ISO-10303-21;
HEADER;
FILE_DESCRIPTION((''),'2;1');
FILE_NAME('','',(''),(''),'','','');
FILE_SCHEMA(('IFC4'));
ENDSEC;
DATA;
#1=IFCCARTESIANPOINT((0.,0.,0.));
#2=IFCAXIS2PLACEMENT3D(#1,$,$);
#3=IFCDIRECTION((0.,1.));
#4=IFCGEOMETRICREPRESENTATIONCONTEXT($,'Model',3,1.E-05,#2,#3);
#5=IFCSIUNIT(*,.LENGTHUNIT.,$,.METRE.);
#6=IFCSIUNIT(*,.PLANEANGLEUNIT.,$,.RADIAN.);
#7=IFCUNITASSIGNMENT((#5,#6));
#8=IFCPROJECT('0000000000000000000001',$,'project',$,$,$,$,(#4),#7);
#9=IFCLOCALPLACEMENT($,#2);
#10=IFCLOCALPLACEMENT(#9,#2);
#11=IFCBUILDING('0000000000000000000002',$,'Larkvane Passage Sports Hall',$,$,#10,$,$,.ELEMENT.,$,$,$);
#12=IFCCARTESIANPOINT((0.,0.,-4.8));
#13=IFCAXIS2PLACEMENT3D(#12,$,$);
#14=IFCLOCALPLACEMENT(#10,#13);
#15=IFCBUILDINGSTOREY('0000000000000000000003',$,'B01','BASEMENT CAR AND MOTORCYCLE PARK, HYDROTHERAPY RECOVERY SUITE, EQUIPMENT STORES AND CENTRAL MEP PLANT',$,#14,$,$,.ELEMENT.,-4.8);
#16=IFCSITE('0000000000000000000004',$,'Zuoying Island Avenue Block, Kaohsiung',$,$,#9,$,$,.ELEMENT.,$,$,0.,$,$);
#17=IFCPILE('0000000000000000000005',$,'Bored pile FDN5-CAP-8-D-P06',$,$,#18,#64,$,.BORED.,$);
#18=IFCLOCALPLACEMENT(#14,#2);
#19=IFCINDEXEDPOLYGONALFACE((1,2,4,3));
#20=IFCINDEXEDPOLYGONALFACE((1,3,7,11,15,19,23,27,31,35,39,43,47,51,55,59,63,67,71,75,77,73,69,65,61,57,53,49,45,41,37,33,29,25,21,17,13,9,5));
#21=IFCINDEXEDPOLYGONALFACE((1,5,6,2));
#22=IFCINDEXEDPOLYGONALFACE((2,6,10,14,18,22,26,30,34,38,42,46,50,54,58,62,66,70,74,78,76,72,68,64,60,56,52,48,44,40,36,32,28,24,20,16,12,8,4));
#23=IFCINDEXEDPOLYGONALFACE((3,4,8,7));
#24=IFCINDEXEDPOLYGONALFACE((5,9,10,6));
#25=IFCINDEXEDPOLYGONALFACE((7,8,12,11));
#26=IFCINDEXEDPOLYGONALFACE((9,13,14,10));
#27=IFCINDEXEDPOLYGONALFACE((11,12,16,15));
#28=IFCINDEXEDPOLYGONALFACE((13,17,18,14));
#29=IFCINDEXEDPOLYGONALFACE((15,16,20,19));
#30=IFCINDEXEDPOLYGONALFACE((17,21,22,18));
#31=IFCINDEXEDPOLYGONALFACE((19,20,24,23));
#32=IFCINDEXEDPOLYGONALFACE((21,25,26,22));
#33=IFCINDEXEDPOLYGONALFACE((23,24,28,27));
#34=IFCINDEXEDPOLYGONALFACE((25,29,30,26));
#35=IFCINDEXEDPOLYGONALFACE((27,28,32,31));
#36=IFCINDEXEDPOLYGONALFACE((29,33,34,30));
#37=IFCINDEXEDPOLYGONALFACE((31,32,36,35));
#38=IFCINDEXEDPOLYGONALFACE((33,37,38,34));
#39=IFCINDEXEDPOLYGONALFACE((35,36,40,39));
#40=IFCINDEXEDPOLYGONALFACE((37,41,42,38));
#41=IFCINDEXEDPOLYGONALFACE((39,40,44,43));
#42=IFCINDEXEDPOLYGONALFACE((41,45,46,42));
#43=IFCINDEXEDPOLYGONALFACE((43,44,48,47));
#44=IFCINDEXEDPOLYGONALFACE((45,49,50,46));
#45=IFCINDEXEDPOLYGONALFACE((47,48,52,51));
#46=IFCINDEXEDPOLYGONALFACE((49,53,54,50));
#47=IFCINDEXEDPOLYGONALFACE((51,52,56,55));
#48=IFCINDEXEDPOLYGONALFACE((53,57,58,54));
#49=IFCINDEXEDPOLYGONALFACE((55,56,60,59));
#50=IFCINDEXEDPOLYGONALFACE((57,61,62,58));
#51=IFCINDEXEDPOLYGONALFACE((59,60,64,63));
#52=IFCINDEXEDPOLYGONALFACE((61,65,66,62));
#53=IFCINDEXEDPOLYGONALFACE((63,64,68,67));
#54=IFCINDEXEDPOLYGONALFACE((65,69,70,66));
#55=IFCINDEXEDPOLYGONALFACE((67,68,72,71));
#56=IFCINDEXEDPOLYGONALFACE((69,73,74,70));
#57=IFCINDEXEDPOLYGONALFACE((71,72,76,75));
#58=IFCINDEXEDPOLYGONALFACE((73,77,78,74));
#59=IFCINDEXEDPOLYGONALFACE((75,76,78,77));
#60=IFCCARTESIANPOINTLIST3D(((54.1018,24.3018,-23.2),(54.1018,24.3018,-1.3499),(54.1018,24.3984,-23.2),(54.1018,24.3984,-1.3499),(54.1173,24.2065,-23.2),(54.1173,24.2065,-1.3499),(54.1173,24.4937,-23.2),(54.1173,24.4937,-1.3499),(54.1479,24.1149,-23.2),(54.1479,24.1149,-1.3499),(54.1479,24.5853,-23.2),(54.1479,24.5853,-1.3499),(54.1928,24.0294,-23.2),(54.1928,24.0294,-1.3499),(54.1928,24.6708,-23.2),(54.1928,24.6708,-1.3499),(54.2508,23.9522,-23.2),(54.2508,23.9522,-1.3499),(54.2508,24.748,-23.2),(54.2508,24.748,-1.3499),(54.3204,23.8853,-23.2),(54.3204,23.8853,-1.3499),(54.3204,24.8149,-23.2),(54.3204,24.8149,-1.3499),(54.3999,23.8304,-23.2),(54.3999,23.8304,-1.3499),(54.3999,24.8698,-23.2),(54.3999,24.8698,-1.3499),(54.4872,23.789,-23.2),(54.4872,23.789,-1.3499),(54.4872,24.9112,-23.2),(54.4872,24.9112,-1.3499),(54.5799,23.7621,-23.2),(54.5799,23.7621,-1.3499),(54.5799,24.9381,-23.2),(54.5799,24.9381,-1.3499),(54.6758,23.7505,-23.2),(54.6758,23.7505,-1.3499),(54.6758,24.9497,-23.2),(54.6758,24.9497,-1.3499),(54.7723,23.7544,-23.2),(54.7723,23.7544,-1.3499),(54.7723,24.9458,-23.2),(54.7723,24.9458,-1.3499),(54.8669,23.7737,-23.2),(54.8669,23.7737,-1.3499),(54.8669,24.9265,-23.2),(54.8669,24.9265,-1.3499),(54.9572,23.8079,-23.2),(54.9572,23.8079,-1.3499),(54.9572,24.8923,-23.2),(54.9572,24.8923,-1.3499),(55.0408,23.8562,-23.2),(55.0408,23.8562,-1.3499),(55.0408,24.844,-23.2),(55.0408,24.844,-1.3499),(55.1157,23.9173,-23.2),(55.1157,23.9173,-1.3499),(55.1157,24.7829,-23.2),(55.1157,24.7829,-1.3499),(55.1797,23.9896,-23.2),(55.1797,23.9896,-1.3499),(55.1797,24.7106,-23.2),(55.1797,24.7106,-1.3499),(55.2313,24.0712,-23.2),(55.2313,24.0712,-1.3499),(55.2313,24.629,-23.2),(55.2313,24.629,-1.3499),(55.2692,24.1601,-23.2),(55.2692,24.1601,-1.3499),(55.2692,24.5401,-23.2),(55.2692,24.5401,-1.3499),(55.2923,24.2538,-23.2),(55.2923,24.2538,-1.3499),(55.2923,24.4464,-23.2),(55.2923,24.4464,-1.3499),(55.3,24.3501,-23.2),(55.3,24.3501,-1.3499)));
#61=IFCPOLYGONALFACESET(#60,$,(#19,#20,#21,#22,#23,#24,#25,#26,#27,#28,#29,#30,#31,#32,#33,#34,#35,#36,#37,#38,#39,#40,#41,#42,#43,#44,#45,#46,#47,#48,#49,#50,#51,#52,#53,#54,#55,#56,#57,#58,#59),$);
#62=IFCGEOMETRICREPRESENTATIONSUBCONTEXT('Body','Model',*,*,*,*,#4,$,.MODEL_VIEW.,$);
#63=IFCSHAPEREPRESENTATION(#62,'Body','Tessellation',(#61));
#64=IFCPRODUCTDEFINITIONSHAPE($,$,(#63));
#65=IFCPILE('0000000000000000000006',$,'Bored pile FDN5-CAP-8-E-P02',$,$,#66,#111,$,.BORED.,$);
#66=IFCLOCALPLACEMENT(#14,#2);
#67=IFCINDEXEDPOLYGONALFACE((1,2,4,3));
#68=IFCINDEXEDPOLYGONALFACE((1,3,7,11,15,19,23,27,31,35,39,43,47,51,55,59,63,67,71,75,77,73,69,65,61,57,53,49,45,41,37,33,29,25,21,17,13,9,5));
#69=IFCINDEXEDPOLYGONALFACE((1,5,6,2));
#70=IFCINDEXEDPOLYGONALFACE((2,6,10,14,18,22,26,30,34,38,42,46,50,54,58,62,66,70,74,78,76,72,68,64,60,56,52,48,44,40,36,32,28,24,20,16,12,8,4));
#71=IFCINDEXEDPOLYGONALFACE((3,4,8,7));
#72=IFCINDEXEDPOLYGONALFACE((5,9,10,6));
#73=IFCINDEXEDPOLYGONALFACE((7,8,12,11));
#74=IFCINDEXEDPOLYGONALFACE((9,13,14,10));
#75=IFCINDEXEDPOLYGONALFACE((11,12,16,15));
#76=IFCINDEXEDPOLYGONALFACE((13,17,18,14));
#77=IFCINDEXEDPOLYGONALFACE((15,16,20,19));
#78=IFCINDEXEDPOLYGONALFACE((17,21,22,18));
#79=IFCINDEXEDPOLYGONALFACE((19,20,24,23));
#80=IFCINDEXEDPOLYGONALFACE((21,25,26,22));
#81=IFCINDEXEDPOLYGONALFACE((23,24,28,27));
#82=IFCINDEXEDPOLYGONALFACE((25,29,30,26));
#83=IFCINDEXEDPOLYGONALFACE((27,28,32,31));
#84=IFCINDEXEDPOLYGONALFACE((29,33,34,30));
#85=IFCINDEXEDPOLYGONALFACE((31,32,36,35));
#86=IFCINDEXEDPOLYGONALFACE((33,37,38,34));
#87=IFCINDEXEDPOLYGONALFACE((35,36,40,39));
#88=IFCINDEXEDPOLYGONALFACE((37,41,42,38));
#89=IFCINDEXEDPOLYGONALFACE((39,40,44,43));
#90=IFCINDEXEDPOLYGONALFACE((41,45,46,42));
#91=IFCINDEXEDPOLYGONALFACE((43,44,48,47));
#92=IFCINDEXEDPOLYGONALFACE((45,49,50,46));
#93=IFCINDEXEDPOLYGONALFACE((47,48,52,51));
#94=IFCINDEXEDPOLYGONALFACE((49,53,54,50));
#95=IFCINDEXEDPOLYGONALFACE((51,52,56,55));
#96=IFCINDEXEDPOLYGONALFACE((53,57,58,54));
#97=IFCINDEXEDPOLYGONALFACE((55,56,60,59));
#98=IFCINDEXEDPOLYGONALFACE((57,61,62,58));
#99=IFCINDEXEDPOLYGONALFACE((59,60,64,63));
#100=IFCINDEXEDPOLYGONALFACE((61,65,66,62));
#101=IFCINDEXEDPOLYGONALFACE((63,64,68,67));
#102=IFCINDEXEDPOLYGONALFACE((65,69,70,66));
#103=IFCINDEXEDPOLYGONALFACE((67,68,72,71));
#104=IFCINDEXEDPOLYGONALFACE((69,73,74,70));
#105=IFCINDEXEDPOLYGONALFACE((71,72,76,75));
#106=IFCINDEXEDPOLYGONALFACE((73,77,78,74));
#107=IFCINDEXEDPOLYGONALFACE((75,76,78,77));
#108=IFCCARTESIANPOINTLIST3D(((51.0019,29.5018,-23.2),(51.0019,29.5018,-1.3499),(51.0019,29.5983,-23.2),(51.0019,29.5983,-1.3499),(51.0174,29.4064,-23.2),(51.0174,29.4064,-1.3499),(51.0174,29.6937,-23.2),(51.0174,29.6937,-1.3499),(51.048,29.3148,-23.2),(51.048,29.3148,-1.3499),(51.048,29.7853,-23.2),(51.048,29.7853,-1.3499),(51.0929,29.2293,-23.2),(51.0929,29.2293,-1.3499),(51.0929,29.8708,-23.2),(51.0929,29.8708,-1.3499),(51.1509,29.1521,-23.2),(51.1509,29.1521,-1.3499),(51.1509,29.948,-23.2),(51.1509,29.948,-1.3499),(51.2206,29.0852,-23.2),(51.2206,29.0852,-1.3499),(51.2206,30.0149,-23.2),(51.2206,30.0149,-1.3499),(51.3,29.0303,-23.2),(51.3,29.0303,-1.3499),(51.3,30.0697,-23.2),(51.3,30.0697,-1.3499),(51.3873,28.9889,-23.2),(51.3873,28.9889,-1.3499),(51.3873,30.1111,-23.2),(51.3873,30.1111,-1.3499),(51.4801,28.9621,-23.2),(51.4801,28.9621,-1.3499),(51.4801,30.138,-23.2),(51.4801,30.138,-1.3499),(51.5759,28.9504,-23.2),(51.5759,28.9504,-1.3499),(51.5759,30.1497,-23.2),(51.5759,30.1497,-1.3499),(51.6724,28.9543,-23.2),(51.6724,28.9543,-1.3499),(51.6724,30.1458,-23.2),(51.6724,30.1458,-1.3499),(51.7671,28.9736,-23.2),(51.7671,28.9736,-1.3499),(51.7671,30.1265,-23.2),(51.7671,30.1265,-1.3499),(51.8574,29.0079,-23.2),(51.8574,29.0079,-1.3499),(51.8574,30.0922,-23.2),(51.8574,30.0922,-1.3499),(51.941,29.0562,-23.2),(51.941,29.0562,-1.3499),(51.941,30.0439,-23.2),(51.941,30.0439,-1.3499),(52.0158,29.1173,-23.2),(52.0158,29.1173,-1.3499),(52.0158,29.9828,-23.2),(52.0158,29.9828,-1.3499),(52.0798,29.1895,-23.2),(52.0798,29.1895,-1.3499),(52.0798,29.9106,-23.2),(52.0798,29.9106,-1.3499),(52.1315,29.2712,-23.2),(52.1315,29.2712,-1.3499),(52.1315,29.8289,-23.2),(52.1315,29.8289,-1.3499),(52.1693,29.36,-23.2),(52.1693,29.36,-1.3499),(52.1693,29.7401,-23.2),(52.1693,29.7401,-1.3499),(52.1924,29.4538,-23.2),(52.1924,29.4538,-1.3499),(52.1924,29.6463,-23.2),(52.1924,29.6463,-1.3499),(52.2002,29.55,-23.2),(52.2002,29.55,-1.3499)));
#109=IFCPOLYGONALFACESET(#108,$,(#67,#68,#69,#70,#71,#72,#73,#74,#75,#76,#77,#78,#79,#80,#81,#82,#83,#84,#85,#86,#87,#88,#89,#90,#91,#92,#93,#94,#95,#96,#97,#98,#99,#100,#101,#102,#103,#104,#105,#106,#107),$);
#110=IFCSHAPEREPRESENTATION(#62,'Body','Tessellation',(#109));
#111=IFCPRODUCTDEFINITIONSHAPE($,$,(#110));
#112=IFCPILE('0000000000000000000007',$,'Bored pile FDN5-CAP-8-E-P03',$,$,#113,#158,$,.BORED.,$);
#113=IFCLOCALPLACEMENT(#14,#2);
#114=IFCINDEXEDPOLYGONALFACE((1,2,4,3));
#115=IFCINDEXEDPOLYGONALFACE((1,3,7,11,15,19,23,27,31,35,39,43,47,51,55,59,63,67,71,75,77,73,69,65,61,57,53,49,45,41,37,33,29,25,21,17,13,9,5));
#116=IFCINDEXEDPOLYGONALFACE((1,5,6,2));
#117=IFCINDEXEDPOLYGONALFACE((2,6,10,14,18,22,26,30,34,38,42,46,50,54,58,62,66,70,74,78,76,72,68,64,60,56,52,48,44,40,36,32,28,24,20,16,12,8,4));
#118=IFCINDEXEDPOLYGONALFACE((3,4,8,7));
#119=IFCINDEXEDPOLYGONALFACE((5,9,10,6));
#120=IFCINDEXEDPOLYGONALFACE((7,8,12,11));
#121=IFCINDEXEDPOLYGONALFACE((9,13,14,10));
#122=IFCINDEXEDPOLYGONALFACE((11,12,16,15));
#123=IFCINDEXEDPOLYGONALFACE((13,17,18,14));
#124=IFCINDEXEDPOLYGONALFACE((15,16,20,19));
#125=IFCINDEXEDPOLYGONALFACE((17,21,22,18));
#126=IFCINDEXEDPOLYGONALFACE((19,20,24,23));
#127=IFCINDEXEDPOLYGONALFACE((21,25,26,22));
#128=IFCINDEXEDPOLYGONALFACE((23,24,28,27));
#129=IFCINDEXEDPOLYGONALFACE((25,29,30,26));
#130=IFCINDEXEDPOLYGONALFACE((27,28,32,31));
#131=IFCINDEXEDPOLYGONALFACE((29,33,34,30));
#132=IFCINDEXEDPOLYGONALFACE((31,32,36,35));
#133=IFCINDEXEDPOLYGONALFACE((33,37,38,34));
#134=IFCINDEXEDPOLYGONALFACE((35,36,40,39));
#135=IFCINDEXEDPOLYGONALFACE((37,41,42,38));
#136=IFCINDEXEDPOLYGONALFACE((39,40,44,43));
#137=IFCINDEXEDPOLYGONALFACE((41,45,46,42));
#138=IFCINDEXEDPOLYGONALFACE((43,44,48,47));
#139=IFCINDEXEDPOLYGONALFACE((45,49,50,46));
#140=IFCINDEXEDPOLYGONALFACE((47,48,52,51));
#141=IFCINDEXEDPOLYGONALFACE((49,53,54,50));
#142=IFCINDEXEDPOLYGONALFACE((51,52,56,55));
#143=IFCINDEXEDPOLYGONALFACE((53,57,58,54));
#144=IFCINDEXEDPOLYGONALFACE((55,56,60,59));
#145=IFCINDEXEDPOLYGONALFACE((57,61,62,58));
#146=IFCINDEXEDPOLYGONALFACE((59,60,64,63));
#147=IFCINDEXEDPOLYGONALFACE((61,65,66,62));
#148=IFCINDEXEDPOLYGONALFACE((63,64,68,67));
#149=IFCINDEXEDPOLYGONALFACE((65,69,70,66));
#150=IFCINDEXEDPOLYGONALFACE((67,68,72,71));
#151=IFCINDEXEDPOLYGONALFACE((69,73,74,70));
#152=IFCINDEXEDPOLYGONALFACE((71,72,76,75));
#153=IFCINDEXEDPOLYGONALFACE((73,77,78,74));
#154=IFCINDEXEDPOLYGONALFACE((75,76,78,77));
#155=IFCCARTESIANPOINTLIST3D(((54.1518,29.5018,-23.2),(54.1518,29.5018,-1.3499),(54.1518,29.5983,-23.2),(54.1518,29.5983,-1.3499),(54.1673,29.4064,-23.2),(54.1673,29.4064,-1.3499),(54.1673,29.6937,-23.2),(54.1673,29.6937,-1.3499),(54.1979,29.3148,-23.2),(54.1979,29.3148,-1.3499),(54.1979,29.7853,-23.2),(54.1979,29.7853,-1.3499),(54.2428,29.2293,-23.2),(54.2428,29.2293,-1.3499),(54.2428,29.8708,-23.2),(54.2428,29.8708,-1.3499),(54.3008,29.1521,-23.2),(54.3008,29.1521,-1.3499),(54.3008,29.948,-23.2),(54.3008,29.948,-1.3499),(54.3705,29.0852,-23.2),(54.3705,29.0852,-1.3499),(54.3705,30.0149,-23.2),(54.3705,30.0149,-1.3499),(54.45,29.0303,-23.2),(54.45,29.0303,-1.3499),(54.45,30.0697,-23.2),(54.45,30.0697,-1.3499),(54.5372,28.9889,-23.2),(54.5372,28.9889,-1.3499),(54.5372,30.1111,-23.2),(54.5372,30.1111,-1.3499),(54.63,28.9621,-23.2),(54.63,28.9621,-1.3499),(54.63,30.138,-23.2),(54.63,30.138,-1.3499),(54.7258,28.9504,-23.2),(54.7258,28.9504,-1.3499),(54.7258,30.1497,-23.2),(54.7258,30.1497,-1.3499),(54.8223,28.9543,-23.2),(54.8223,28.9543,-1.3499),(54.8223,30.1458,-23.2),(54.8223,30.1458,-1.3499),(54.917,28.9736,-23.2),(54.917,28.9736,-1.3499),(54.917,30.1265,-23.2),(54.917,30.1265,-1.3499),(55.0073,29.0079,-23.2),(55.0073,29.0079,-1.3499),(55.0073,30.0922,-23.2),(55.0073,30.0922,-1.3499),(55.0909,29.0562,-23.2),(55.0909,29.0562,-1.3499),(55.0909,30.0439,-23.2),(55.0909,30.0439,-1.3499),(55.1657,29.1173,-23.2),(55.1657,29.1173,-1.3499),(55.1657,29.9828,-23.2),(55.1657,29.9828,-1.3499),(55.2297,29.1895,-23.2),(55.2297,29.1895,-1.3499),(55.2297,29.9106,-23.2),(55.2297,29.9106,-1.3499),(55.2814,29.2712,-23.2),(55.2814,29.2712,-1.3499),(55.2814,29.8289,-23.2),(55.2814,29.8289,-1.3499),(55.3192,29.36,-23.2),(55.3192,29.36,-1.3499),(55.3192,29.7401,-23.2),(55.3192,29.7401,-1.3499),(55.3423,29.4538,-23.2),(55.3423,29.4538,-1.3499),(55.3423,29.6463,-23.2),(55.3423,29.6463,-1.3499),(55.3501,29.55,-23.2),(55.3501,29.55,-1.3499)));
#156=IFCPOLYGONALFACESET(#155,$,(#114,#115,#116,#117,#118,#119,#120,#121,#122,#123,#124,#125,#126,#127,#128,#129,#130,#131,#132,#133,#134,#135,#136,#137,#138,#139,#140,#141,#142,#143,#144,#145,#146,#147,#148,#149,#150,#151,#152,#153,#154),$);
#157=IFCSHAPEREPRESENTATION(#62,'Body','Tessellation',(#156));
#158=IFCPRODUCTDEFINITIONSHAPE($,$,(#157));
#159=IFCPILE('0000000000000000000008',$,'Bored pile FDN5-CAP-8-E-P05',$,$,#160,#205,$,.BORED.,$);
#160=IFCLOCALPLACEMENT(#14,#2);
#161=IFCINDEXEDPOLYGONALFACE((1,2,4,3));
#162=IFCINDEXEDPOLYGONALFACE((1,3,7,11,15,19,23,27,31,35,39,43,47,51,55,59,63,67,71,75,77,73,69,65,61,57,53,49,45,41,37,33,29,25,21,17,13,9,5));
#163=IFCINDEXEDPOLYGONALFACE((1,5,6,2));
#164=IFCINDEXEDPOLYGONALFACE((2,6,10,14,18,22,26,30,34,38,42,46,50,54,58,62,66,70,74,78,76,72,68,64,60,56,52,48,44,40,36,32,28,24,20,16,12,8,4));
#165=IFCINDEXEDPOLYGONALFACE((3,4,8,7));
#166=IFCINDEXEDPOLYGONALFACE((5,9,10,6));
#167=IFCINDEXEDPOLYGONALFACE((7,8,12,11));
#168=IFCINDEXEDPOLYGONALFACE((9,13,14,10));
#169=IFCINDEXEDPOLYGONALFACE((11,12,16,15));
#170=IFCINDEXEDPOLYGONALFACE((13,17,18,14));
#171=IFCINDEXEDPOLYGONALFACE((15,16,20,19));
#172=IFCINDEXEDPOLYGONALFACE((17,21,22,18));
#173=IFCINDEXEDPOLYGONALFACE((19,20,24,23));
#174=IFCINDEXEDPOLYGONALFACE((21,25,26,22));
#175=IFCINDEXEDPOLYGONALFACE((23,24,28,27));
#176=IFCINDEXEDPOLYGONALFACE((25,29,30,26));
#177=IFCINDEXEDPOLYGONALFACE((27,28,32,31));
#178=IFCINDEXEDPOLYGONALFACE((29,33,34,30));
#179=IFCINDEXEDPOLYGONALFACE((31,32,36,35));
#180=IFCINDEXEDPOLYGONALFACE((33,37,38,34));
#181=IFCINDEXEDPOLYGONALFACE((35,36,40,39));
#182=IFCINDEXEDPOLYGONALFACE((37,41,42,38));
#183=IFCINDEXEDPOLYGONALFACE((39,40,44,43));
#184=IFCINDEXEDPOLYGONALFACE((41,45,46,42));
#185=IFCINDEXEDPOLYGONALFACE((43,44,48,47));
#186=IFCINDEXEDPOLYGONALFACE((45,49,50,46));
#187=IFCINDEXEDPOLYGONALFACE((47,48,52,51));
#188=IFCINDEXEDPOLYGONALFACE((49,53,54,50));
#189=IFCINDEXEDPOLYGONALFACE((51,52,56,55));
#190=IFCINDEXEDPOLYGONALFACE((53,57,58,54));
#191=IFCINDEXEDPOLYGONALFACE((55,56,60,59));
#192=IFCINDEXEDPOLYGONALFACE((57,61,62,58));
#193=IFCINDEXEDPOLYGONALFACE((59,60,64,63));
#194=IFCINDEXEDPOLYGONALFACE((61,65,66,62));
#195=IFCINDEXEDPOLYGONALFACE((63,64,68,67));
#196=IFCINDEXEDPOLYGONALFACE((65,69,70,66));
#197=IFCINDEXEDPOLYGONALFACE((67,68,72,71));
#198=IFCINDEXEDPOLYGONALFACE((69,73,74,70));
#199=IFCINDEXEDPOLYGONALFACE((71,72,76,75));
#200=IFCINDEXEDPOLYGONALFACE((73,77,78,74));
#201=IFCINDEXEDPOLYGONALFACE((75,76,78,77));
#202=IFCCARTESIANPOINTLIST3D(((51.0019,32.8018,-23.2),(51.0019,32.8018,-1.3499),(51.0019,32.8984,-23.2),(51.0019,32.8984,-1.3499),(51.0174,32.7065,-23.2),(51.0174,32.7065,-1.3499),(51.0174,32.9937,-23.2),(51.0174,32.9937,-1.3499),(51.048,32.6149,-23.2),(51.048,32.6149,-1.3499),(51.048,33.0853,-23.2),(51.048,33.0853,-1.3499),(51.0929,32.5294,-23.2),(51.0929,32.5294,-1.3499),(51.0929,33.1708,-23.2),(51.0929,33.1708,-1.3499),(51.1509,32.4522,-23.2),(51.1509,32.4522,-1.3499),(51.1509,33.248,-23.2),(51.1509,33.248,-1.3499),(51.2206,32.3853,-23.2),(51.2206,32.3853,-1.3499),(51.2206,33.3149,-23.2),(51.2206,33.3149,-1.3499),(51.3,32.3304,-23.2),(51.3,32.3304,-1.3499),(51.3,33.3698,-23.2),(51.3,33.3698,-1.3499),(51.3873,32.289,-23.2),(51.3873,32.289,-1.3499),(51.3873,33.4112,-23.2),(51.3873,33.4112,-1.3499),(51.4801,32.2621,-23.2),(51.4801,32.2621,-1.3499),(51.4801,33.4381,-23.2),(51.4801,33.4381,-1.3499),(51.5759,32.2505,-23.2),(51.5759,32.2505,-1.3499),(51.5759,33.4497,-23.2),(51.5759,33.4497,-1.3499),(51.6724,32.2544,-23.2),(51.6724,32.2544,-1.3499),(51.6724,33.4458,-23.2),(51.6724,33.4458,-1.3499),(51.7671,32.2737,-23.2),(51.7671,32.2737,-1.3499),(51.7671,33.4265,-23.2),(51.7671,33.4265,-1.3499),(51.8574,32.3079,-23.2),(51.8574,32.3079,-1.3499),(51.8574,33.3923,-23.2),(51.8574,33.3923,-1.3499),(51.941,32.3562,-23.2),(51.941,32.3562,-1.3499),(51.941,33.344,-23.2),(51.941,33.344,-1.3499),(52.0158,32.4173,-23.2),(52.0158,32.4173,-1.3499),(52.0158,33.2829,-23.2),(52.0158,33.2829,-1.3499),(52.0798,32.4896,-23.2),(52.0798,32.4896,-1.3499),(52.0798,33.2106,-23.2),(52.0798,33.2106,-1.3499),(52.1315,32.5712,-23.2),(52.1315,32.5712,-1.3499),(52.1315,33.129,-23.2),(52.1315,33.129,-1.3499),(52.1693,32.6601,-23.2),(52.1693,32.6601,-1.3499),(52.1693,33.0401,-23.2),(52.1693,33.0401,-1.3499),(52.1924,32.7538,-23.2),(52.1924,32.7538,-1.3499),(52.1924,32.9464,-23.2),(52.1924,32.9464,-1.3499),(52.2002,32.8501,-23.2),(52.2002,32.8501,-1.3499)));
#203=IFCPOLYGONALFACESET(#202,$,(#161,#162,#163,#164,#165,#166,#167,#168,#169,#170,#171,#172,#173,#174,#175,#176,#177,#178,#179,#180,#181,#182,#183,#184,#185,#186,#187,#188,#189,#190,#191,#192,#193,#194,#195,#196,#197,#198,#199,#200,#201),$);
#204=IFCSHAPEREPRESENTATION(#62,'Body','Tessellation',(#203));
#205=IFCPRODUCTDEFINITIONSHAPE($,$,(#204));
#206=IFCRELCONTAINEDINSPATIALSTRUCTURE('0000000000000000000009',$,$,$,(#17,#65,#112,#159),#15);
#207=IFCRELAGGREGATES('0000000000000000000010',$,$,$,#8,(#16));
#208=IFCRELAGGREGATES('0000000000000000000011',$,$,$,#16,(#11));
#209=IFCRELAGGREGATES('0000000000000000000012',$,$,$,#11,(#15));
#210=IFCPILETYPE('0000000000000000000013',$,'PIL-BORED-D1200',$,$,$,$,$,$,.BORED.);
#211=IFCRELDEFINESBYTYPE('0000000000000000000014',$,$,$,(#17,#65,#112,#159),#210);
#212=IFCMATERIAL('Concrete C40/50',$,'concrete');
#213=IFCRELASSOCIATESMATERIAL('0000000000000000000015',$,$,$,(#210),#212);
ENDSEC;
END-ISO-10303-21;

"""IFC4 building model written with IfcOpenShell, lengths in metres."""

from ifc_helpers import new_model, si_unit, direction, frame, origin, origin_2d, place, context, subcontext, project, spatial, circle, extrude, material, material_profile, profile_set, type_object, element, save


model = new_model("IFC4")

# Units and contexts
model_context = context("Model", 3, precision=1e-05, world=origin(), true_north=direction((0.0, 1.0)))
body_context = subcontext(model_context, "Body", "Model", "MODEL_VIEW")
ifc_project = project(units=[si_unit("LENGTHUNIT", "METRE"), si_unit("PLANEANGLEUNIT", "RADIAN")], contexts=[model_context])

# Site, building, storey
site_placement = place(None, origin())
site = spatial("IfcSite", under=ifc_project, at=site_placement, Name="Zuoying Island Avenue Block, Kaohsiung", CompositionType="ELEMENT", RefElevation=0.0)
building_placement = place(site_placement, origin())
building = spatial("IfcBuilding", under=site, at=building_placement, Name="Larkvane Passage Sports Hall", CompositionType="ELEMENT")
storey_placement = place(building_placement, frame((0.0, 0.0, -4.8)))
storey = spatial("IfcBuildingStorey", under=building, at=storey_placement, Name="B01", Description="BASEMENT CAR AND MOTORCYCLE PARK, HYDROTHERAPY RECOVERY SUITE, EQUIPMENT STORES AND CENTRAL MEP PLANT", CompositionType="ELEMENT", Elevation=-4.8)

# Shared definitions
ifc_material_1 = material(Name="Concrete C40/50", Category="concrete")

# Piles
ifc_material_profile_1 = material_profile(ifc_material_1, circle(Radius=0.6001, at=origin_2d()), Name="PILE-D1200")
ifc_profile_set_1 = profile_set([ifc_material_profile_1], Name="Concrete C40/50")
pile_type = type_object("IfcPileType", Name="PIL-BORED-D1200", PredefinedType="BORED", material=ifc_profile_set_1)
for number, where, z_axis, x_axis, name in (
    (1, (54.7, 24.3501, -1.3499), (0.0, 0.0, -1.0), (1.0, 0.0, 0.0), "Bored pile FDN5-CAP-8-D-P06"),
    (2, (51.6001, 29.55, -1.3499), (0.0, 0.0, -1.0), (1.0, 0.0, 0.0), "Bored pile FDN5-CAP-8-E-P02"),
    (3, (54.75, 29.55, -1.3499), (0.0, 0.0, -1.0), (1.0, 0.0, 0.0), "Bored pile FDN5-CAP-8-E-P03"),
    (4, (51.6001, 32.8501, -1.3499), (0.0, 0.0, -1.0), (1.0, 0.0, 0.0), "Bored pile FDN5-CAP-8-E-P05"),
):
    element("IfcPile", number, at=place(storey_placement, frame(where, z_axis=z_axis, x_axis=x_axis)), inside=storey, type_object=pile_type, Name=name, PredefinedType="BORED", context=body_context, shape_type="SweptSolid", body=[
        extrude(circle(Radius=0.6001, at=origin_2d()), origin(), (0.0, 0.0, 1.0), 21.8501),
    ])

save(model, "model.ifc")
